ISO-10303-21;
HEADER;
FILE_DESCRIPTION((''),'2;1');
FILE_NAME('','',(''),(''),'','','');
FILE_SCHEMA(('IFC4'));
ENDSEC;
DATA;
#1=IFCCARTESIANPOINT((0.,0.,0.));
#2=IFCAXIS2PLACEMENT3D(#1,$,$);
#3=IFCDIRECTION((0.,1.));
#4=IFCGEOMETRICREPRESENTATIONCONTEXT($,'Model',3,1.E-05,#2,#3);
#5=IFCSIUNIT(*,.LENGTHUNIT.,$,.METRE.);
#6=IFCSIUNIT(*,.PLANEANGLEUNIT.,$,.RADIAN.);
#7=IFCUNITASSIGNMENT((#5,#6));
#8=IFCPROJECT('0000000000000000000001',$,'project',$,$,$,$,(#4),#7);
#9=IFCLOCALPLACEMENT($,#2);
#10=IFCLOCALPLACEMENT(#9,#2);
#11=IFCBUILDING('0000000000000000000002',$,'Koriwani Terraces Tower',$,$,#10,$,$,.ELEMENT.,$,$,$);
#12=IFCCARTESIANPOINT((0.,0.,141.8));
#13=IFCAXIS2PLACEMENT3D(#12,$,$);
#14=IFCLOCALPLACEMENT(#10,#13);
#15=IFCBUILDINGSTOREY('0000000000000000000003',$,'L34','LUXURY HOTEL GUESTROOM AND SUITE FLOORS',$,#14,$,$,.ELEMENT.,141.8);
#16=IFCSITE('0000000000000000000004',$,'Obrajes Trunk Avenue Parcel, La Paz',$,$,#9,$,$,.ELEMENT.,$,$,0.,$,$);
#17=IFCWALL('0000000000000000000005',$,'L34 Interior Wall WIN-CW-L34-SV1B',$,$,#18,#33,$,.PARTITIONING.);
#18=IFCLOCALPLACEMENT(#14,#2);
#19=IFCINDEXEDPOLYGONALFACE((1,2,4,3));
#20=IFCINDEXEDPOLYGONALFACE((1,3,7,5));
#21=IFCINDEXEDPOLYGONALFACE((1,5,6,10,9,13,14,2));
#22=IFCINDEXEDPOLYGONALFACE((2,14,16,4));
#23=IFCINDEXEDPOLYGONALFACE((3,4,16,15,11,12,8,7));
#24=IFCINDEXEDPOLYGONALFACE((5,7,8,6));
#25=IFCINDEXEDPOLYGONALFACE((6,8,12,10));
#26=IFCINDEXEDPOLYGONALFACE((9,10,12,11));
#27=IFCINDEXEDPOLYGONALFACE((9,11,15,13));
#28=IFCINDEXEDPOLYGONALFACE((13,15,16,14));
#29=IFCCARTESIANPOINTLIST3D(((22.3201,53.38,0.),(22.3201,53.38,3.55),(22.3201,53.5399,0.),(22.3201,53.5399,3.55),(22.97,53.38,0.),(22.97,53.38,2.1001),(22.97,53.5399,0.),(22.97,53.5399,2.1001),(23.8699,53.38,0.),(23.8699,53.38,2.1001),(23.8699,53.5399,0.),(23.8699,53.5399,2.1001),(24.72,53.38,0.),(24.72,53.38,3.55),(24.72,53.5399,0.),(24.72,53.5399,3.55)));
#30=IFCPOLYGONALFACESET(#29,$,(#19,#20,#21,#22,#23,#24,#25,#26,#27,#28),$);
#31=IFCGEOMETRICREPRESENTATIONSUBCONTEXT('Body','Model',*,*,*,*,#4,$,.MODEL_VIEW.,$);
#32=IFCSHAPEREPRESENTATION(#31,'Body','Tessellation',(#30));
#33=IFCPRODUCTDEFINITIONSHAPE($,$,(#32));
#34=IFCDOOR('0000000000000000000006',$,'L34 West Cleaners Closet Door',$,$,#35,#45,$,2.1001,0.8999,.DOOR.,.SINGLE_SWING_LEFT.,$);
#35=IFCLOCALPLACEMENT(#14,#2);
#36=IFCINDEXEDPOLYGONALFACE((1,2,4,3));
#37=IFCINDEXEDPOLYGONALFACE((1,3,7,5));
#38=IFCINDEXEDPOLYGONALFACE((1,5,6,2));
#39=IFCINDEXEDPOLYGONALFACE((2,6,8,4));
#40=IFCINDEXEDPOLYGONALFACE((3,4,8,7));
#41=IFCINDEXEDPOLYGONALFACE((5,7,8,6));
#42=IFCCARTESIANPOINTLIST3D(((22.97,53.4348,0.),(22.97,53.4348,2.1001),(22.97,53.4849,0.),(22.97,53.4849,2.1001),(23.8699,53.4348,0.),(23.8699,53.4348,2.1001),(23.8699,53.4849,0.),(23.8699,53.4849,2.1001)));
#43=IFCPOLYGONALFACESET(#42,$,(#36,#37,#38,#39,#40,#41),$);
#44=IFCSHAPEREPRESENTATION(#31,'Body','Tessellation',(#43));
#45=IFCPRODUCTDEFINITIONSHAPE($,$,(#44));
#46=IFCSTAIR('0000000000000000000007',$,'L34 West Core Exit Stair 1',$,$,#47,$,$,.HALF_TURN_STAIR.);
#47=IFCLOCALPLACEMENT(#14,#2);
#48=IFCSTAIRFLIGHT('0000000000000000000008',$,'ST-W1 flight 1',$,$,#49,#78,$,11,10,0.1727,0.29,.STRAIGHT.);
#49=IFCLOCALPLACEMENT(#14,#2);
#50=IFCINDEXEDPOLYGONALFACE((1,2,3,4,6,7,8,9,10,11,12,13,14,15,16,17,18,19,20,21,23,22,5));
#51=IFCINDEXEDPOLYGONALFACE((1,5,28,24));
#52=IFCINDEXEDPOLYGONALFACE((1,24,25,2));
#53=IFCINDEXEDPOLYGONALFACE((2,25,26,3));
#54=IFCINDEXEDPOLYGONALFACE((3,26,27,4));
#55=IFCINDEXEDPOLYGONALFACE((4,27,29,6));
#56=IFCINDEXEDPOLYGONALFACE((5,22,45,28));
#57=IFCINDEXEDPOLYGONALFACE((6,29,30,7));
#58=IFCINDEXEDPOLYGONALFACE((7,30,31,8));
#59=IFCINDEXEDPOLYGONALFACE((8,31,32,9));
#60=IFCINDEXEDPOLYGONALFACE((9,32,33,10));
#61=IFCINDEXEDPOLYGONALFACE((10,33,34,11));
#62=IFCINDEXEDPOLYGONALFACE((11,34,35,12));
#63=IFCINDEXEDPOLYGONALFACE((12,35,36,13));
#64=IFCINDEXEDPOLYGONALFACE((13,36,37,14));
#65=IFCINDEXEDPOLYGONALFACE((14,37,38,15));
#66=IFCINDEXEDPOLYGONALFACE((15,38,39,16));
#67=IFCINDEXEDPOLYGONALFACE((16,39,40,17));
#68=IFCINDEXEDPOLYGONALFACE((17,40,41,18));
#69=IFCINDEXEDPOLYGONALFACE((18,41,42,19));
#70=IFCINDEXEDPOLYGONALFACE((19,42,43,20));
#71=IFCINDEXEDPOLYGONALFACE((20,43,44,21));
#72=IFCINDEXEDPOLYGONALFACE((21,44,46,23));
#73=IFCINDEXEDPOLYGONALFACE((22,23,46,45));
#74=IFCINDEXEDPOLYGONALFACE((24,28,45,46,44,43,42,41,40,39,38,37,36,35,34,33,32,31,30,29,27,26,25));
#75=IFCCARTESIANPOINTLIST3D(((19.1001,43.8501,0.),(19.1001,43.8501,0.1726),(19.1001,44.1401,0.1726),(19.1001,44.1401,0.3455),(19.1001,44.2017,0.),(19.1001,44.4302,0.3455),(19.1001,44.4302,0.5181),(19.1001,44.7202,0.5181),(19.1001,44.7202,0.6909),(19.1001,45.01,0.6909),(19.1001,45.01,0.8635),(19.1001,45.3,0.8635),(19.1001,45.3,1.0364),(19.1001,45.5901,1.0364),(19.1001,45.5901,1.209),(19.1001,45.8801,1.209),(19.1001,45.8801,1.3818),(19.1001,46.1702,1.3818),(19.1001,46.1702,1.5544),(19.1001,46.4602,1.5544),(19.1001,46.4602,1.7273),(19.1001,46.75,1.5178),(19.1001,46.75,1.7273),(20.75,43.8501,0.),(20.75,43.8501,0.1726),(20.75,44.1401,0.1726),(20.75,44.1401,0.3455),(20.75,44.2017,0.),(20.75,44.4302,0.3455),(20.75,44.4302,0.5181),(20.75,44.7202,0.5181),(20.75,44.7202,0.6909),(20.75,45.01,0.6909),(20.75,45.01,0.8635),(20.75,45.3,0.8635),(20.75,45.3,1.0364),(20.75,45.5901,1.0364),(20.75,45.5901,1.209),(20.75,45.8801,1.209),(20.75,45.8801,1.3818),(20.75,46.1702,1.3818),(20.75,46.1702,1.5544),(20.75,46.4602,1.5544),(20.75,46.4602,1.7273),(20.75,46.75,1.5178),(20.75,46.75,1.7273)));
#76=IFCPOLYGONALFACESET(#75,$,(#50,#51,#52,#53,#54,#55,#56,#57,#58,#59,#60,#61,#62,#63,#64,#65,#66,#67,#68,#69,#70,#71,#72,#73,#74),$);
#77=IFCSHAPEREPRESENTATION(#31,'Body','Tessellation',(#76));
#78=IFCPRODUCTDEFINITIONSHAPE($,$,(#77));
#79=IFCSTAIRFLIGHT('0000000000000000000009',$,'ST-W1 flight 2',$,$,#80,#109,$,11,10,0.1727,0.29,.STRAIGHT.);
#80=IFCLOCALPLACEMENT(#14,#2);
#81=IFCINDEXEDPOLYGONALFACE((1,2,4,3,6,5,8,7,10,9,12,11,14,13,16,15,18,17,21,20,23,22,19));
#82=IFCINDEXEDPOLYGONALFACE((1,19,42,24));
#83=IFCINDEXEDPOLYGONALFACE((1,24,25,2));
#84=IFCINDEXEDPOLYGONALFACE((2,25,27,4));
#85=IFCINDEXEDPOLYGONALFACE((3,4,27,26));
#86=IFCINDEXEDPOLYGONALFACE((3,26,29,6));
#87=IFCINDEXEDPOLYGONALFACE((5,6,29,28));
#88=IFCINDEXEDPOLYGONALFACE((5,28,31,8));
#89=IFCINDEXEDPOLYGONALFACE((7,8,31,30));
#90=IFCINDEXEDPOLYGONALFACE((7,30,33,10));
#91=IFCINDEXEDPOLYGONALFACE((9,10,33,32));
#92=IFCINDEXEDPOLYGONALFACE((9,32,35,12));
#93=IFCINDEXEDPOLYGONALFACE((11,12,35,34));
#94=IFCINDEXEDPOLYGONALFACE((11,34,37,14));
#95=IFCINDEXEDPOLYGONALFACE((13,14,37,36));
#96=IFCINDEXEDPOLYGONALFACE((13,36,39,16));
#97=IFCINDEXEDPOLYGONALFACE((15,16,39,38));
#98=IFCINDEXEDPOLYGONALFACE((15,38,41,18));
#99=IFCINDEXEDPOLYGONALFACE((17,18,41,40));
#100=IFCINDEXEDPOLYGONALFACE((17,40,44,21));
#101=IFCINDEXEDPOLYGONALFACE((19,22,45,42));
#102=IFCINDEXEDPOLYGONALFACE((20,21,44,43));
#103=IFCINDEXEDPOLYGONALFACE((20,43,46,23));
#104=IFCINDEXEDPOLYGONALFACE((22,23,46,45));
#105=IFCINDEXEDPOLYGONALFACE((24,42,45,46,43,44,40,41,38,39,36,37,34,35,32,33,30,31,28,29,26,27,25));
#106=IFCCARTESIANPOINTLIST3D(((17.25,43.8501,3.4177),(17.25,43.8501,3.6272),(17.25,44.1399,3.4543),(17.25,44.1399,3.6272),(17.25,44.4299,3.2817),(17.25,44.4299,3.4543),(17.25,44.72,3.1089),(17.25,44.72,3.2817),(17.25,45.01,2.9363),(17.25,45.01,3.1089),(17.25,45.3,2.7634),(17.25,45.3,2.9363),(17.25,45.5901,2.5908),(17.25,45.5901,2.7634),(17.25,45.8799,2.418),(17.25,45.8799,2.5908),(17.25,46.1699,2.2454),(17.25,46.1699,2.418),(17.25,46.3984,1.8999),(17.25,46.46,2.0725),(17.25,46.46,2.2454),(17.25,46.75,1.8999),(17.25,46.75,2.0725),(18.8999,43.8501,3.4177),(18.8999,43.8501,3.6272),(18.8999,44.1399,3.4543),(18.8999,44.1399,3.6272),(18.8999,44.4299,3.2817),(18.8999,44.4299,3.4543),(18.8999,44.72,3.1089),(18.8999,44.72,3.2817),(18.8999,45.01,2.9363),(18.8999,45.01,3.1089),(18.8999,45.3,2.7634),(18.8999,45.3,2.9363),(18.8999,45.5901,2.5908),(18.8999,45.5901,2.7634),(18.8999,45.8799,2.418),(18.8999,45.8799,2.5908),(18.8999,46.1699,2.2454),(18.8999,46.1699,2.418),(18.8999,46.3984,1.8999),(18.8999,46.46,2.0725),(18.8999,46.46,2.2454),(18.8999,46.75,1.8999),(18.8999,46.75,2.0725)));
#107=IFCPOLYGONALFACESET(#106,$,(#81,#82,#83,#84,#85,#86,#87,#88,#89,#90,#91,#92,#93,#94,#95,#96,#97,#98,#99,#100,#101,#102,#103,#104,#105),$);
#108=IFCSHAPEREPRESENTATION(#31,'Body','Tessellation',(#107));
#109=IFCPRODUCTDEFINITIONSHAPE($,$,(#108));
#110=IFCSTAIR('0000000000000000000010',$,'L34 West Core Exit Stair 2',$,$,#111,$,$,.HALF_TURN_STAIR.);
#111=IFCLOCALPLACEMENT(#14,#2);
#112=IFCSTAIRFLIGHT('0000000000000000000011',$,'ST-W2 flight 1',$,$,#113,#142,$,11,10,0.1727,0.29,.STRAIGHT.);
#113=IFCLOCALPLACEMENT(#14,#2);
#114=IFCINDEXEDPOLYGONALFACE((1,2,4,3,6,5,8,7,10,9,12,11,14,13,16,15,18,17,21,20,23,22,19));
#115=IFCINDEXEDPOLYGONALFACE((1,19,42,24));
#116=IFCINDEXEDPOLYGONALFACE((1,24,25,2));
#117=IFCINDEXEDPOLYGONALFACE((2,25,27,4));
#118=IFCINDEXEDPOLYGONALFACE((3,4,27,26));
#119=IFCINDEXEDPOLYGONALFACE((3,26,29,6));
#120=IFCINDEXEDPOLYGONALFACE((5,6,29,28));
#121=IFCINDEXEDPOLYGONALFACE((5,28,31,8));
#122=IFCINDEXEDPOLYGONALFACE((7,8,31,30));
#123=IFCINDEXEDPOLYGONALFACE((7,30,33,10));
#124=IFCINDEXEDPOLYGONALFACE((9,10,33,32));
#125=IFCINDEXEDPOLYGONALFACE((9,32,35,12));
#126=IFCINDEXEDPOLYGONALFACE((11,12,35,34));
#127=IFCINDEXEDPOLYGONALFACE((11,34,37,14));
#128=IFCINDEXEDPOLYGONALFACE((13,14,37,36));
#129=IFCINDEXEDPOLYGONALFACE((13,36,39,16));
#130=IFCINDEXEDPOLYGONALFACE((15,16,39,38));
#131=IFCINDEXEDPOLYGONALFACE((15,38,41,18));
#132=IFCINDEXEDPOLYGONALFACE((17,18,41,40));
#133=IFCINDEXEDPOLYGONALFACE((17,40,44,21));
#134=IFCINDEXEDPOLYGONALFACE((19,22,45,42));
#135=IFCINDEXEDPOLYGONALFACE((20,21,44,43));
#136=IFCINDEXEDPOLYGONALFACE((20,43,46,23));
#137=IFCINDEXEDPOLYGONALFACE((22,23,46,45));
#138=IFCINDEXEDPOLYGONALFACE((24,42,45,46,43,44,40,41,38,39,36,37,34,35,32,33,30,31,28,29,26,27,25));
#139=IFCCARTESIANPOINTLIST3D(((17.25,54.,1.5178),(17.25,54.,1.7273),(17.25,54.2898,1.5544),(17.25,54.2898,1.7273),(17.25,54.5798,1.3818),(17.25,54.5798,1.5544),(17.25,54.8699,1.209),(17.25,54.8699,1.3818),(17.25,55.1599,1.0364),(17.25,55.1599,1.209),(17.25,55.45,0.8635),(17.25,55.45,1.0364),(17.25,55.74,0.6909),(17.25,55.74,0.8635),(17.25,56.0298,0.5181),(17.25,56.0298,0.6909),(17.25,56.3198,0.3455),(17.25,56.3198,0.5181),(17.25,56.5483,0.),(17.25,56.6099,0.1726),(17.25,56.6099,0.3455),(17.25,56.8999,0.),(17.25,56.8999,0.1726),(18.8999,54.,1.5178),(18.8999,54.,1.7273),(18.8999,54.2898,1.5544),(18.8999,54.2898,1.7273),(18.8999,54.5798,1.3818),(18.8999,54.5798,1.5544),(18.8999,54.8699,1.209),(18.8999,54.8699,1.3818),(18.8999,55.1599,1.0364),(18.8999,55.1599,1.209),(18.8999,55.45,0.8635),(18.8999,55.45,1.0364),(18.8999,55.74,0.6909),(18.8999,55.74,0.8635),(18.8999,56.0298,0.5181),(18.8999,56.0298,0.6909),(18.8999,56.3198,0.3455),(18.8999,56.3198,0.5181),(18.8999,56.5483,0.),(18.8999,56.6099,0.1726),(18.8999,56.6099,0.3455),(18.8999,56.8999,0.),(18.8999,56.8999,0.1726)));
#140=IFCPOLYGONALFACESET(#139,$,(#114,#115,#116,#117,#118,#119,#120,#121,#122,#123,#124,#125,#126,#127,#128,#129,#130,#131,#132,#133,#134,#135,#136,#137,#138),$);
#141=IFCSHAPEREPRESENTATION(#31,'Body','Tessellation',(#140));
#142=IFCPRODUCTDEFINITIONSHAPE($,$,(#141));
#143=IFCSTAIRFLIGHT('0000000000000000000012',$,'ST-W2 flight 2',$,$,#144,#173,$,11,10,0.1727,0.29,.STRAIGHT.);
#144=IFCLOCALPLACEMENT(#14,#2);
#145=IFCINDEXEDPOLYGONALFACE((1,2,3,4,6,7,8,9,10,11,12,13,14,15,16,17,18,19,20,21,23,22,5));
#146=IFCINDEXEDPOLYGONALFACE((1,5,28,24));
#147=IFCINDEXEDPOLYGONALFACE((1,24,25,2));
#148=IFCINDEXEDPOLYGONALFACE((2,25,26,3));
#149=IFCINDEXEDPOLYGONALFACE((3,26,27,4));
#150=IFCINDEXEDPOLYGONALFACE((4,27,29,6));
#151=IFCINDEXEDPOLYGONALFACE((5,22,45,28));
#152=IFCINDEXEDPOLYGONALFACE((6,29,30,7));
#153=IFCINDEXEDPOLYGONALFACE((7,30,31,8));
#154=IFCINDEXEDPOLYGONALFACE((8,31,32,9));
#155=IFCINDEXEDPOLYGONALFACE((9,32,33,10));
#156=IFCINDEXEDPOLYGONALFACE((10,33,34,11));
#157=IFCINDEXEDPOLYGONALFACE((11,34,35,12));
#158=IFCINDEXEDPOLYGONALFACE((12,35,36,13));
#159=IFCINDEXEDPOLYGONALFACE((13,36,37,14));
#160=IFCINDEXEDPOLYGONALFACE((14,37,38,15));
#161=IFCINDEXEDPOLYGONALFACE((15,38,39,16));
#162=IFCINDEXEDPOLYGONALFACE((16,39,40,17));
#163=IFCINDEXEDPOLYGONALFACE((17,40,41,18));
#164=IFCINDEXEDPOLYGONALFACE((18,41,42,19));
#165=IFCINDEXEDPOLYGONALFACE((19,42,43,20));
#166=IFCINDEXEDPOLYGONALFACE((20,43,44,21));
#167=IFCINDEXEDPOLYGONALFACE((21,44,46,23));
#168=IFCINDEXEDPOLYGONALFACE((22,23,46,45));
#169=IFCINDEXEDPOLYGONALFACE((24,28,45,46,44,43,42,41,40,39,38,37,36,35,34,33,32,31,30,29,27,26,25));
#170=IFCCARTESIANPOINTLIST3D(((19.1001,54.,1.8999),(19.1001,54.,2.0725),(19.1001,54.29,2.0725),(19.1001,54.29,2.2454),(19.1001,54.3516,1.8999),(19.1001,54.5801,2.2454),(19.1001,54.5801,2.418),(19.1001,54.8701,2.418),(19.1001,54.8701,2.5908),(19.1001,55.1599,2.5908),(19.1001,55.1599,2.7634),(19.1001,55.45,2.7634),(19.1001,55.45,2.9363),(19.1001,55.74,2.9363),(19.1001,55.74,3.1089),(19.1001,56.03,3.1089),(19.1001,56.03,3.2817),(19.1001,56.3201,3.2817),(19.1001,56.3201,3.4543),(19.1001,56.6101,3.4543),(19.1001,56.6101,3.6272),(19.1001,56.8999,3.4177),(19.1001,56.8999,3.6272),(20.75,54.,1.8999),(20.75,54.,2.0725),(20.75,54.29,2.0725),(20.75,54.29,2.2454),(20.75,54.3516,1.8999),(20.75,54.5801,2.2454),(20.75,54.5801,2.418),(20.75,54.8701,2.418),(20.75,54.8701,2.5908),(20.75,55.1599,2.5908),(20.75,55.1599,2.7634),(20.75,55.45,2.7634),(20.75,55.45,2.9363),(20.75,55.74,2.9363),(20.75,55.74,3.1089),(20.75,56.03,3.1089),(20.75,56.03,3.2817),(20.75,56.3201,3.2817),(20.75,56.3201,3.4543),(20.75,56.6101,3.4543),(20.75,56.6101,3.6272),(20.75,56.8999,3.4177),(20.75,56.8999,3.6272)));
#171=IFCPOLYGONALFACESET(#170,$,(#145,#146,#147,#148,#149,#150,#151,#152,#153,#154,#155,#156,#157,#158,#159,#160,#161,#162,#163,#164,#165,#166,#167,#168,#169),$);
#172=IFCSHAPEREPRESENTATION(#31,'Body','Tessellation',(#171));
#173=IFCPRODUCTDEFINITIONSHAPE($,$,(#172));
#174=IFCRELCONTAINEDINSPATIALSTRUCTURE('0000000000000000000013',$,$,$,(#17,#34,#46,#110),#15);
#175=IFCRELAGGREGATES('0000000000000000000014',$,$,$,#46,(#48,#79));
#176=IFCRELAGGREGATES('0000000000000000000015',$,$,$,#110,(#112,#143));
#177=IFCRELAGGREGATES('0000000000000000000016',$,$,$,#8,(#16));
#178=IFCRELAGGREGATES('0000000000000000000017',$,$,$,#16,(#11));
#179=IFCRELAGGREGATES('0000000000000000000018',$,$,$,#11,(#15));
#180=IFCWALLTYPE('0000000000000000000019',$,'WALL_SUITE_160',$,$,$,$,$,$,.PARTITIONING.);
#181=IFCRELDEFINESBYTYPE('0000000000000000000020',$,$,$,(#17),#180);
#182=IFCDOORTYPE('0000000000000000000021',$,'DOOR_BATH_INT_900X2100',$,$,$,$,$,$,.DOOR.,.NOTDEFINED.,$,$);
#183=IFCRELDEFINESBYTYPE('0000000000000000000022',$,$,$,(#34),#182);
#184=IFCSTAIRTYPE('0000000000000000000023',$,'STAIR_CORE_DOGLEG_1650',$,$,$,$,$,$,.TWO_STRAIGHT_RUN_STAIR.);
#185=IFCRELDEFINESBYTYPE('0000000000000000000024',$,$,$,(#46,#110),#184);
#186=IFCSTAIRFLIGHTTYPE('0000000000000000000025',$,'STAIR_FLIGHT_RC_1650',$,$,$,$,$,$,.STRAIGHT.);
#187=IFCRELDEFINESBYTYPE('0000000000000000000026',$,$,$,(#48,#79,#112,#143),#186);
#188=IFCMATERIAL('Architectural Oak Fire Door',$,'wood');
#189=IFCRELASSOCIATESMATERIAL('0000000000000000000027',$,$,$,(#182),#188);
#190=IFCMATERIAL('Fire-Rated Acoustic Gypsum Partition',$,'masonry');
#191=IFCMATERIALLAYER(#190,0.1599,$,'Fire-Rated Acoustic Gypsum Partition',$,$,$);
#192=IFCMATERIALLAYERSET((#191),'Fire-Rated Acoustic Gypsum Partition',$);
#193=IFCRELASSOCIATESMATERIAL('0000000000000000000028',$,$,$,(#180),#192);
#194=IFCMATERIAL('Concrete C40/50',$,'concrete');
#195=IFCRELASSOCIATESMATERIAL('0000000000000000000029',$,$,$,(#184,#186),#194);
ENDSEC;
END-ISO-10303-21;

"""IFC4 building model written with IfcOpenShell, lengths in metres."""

from ifc_helpers import new_model, si_unit, direction, frame, frame_2d, origin, place, context, subcontext, project, spatial, polyline, rectangle, outline, extrude, material, layer, layer_set, type_object, element, fill, aggregate, save


model = new_model("IFC4")

# Units and contexts
model_context = context("Model", 3, precision=1e-05, world=origin(), true_north=direction((0.0, 1.0)))
body_context = subcontext(model_context, "Body", "Model", "MODEL_VIEW")
ifc_project = project(units=[si_unit("LENGTHUNIT", "METRE"), si_unit("PLANEANGLEUNIT", "RADIAN")], contexts=[model_context])

# Site, building, storey
site_placement = place(None, origin())
site = spatial("IfcSite", under=ifc_project, at=site_placement, Name="Obrajes Trunk Avenue Parcel, La Paz", CompositionType="ELEMENT", RefElevation=0.0)
building_placement = place(site_placement, origin())
building = spatial("IfcBuilding", under=site, at=building_placement, Name="Koriwani Terraces Tower", CompositionType="ELEMENT")
storey_placement = place(building_placement, frame((0.0, 0.0, 141.8)))
storey = spatial("IfcBuildingStorey", under=building, at=storey_placement, Name="L34", Description="LUXURY HOTEL GUESTROOM AND SUITE FLOORS", CompositionType="ELEMENT", Elevation=141.8)

# Shared definitions
ifc_material_1 = material(Name="Fire-Rated Acoustic Gypsum Partition", Category="masonry")
ifc_material_2 = material(Name="Architectural Oak Fire Door", Category="wood")
door_type_1 = type_object("IfcDoorType", Name="DOOR_BATH_INT_900X2100", OperationType="NOTDEFINED", PredefinedType="DOOR", material=ifc_material_2)

# Shared definitions
ifc_material_3 = material(Name="Concrete C40/50", Category="concrete")

# Wall, opening, door
ifc_layer_1 = layer(ifc_material_1, 0.1599, Name="Fire-Rated Acoustic Gypsum Partition")
ifc_layer_set_1 = layer_set([ifc_layer_1], Name="Fire-Rated Acoustic Gypsum Partition")
wall_type_1 = type_object("IfcWallType", Name="WALL_SUITE_160", PredefinedType="PARTITIONING", material=ifc_layer_set_1)
wall_1_placement = place(storey_placement, frame((22.3201, 53.46, 0.0), z_axis=(0.0, 0.0, 1.0), x_axis=(1.0, 0.0, 0.0)))
wall_1 = element("IfcWall", 1, at=wall_1_placement, inside=storey, type_object=wall_type_1, Name="L34 Interior Wall WIN-CW-L34-SV1B", PredefinedType="PARTITIONING", context=body_context, shape_type="SweptSolid", body=[
    extrude(rectangle(XDim=2.3999, YDim=0.1599, at=frame_2d((1.2, 0.0))), origin(), (0.0, 0.0, 1.0), 3.55),
])
opening_1_placement = place(wall_1_placement, frame((0.6499, 0.0, 0.0)))
opening_1 = element("IfcOpeningElement", 2, at=opening_1_placement, cuts=wall_1, PredefinedType="OPENING", context=body_context, shape_type="SweptSolid", body=[
    extrude(rectangle(XDim=0.8999, YDim=2.1001, at=frame_2d((0.45, 1.05))), frame((0.0, 0.0898, 0.0), z_axis=(0.0, -1.0, 0.0), x_axis=(1.0, 0.0, 0.0)), (0.0, 0.0, 1.0), 0.1799),
])
door_1_placement = place(opening_1_placement, origin())
door_1 = element("IfcDoor", 3, at=door_1_placement, inside=storey, type_object=door_type_1, Name="L34 West Cleaners Closet Door", OperationType="SINGLE_SWING_LEFT", OverallHeight=2.1001, OverallWidth=0.8999, PredefinedType="DOOR", context=body_context, shape_type="SweptSolid", body=[
    extrude(rectangle(XDim=0.8999, YDim=2.1001, at=frame_2d((0.45, 1.05))), frame((0.0, 0.0249, 0.0), z_axis=(0.0, -1.0, 0.0), x_axis=(1.0, 0.0, 0.0)), (0.0, 0.0, 1.0), 0.05),
])
fill(opening_1, door_1)

# Stairs, stair flights
stair_type = type_object("IfcStairType", Name="STAIR_CORE_DOGLEG_1650", PredefinedType="TWO_STRAIGHT_RUN_STAIR", material=ifc_material_3)
stair_1_placement = place(storey_placement, origin())
stair_1 = element("IfcStair", 4, at=stair_1_placement, inside=storey, type_object=stair_type, Name="L34 West Core Exit Stair 1", PredefinedType="HALF_TURN_STAIR")
stair_flight_type = type_object("IfcStairFlightType", Name="STAIR_FLIGHT_RC_1650", PredefinedType="STRAIGHT", material=ifc_material_3)
stair_flight_1_placement = place(storey_placement, frame((19.925, 43.8501, 0.0), z_axis=(0.0, 0.0, 1.0), x_axis=(0.0, 1.0, 0.0)))
stair_flight_1 = element("IfcStairFlight", 5, at=stair_flight_1_placement, type_object=stair_flight_type, Name="ST-W1 flight 1", NumberOfRisers=11, NumberOfTreads=10, PredefinedType="STRAIGHT", RiserHeight=0.1727, TreadLength=0.29, context=body_context, shape_type="SweptSolid", body=[
    extrude(outline(polyline([(0.0, 0.0), (0.0, 0.1726), (0.29, 0.1726), (0.29, 0.3455), (0.5801, 0.3455), (0.5801, 0.5181), (0.8701, 0.5181), (0.8701, 0.6909), (1.1599, 0.6909), (1.1599, 0.8635), (1.45, 0.8635), (1.45, 1.0364), (1.74, 1.0364), (1.74, 1.209), (2.03, 1.209), (2.03, 1.3818), (2.3201, 1.3818), (2.3201, 1.5544), (2.6101, 1.5544), (2.6101, 1.7273), (2.8999, 1.7273), (2.8999, 1.8999), (2.8999, 1.5178), (0.3516, 0.0), (0.0, 0.0)])), frame((0.0, 0.825, 0.0), z_axis=(0.0, -1.0, 0.0), x_axis=(1.0, 0.0, 0.0)), (0.0, 0.0, 1.0), 1.6499),
])
stair_flight_2_placement = place(storey_placement, frame((18.075, 46.75, 1.8999), z_axis=(0.0, 0.0, 1.0), x_axis=(0.0, -1.0, 0.0)))
stair_flight_2 = element("IfcStairFlight", 6, at=stair_flight_2_placement, type_object=stair_flight_type, Name="ST-W1 flight 2", NumberOfRisers=11, NumberOfTreads=10, PredefinedType="STRAIGHT", RiserHeight=0.1727, TreadLength=0.29, context=body_context, shape_type="SweptSolid", body=[
    extrude(outline(polyline([(0.0, 0.0), (0.0, 0.1726), (0.29, 0.1726), (0.29, 0.3455), (0.5801, 0.3455), (0.5801, 0.5181), (0.8701, 0.5181), (0.8701, 0.6909), (1.1599, 0.6909), (1.1599, 0.8635), (1.45, 0.8635), (1.45, 1.0364), (1.74, 1.0364), (1.74, 1.209), (2.03, 1.209), (2.03, 1.3818), (2.3201, 1.3818), (2.3201, 1.5544), (2.6101, 1.5544), (2.6101, 1.7273), (2.8999, 1.7273), (2.8999, 1.8999), (2.8999, 1.5178), (0.3516, 0.0), (0.0, 0.0)])), frame((0.0, 0.825, 0.0), z_axis=(0.0, -1.0, 0.0), x_axis=(1.0, 0.0, 0.0)), (0.0, 0.0, 1.0), 1.6499),
])
aggregate(stair_1, [stair_flight_1, stair_flight_2])
stair_2_placement = place(storey_placement, origin())
stair_2 = element("IfcStair", 7, at=stair_2_placement, inside=storey, type_object=stair_type, Name="L34 West Core Exit Stair 2", PredefinedType="HALF_TURN_STAIR")
stair_flight_3_placement = place(storey_placement, frame((18.075, 56.8999, 0.0), z_axis=(0.0, 0.0, 1.0), x_axis=(0.0, -1.0, 0.0)))
stair_flight_3 = element("IfcStairFlight", 8, at=stair_flight_3_placement, type_object=stair_flight_type, Name="ST-W2 flight 1", NumberOfRisers=11, NumberOfTreads=10, PredefinedType="STRAIGHT", RiserHeight=0.1727, TreadLength=0.29, context=body_context, shape_type="SweptSolid", body=[
    extrude(outline(polyline([(0.0, 0.0), (0.0, 0.1726), (0.29, 0.1726), (0.29, 0.3455), (0.5801, 0.3455), (0.5801, 0.5181), (0.8701, 0.5181), (0.8701, 0.6909), (1.1599, 0.6909), (1.1599, 0.8635), (1.45, 0.8635), (1.45, 1.0364), (1.74, 1.0364), (1.74, 1.209), (2.03, 1.209), (2.03, 1.3818), (2.3201, 1.3818), (2.3201, 1.5544), (2.6101, 1.5544), (2.6101, 1.7273), (2.8999, 1.7273), (2.8999, 1.8999), (2.8999, 1.5178), (0.3516, 0.0), (0.0, 0.0)])), frame((0.0, 0.825, 0.0), z_axis=(0.0, -1.0, 0.0), x_axis=(1.0, 0.0, 0.0)), (0.0, 0.0, 1.0), 1.6499),
])
stair_flight_4_placement = place(storey_placement, frame((19.925, 54.0, 1.8999), z_axis=(0.0, 0.0, 1.0), x_axis=(0.0, 1.0, 0.0)))
stair_flight_4 = element("IfcStairFlight", 9, at=stair_flight_4_placement, type_object=stair_flight_type, Name="ST-W2 flight 2", NumberOfRisers=11, NumberOfTreads=10, PredefinedType="STRAIGHT", RiserHeight=0.1727, TreadLength=0.29, context=body_context, shape_type="SweptSolid", body=[
    extrude(outline(polyline([(0.0, 0.0), (0.0, 0.1726), (0.29, 0.1726), (0.29, 0.3455), (0.5801, 0.3455), (0.5801, 0.5181), (0.8701, 0.5181), (0.8701, 0.6909), (1.1599, 0.6909), (1.1599, 0.8635), (1.45, 0.8635), (1.45, 1.0364), (1.74, 1.0364), (1.74, 1.209), (2.03, 1.209), (2.03, 1.3818), (2.3201, 1.3818), (2.3201, 1.5544), (2.6101, 1.5544), (2.6101, 1.7273), (2.8999, 1.7273), (2.8999, 1.8999), (2.8999, 1.5178), (0.3516, 0.0), (0.0, 0.0)])), frame((0.0, 0.825, 0.0), z_axis=(0.0, -1.0, 0.0), x_axis=(1.0, 0.0, 0.0)), (0.0, 0.0, 1.0), 1.6499),
])
aggregate(stair_2, [stair_flight_3, stair_flight_4])

save(model, "model.ifc")
